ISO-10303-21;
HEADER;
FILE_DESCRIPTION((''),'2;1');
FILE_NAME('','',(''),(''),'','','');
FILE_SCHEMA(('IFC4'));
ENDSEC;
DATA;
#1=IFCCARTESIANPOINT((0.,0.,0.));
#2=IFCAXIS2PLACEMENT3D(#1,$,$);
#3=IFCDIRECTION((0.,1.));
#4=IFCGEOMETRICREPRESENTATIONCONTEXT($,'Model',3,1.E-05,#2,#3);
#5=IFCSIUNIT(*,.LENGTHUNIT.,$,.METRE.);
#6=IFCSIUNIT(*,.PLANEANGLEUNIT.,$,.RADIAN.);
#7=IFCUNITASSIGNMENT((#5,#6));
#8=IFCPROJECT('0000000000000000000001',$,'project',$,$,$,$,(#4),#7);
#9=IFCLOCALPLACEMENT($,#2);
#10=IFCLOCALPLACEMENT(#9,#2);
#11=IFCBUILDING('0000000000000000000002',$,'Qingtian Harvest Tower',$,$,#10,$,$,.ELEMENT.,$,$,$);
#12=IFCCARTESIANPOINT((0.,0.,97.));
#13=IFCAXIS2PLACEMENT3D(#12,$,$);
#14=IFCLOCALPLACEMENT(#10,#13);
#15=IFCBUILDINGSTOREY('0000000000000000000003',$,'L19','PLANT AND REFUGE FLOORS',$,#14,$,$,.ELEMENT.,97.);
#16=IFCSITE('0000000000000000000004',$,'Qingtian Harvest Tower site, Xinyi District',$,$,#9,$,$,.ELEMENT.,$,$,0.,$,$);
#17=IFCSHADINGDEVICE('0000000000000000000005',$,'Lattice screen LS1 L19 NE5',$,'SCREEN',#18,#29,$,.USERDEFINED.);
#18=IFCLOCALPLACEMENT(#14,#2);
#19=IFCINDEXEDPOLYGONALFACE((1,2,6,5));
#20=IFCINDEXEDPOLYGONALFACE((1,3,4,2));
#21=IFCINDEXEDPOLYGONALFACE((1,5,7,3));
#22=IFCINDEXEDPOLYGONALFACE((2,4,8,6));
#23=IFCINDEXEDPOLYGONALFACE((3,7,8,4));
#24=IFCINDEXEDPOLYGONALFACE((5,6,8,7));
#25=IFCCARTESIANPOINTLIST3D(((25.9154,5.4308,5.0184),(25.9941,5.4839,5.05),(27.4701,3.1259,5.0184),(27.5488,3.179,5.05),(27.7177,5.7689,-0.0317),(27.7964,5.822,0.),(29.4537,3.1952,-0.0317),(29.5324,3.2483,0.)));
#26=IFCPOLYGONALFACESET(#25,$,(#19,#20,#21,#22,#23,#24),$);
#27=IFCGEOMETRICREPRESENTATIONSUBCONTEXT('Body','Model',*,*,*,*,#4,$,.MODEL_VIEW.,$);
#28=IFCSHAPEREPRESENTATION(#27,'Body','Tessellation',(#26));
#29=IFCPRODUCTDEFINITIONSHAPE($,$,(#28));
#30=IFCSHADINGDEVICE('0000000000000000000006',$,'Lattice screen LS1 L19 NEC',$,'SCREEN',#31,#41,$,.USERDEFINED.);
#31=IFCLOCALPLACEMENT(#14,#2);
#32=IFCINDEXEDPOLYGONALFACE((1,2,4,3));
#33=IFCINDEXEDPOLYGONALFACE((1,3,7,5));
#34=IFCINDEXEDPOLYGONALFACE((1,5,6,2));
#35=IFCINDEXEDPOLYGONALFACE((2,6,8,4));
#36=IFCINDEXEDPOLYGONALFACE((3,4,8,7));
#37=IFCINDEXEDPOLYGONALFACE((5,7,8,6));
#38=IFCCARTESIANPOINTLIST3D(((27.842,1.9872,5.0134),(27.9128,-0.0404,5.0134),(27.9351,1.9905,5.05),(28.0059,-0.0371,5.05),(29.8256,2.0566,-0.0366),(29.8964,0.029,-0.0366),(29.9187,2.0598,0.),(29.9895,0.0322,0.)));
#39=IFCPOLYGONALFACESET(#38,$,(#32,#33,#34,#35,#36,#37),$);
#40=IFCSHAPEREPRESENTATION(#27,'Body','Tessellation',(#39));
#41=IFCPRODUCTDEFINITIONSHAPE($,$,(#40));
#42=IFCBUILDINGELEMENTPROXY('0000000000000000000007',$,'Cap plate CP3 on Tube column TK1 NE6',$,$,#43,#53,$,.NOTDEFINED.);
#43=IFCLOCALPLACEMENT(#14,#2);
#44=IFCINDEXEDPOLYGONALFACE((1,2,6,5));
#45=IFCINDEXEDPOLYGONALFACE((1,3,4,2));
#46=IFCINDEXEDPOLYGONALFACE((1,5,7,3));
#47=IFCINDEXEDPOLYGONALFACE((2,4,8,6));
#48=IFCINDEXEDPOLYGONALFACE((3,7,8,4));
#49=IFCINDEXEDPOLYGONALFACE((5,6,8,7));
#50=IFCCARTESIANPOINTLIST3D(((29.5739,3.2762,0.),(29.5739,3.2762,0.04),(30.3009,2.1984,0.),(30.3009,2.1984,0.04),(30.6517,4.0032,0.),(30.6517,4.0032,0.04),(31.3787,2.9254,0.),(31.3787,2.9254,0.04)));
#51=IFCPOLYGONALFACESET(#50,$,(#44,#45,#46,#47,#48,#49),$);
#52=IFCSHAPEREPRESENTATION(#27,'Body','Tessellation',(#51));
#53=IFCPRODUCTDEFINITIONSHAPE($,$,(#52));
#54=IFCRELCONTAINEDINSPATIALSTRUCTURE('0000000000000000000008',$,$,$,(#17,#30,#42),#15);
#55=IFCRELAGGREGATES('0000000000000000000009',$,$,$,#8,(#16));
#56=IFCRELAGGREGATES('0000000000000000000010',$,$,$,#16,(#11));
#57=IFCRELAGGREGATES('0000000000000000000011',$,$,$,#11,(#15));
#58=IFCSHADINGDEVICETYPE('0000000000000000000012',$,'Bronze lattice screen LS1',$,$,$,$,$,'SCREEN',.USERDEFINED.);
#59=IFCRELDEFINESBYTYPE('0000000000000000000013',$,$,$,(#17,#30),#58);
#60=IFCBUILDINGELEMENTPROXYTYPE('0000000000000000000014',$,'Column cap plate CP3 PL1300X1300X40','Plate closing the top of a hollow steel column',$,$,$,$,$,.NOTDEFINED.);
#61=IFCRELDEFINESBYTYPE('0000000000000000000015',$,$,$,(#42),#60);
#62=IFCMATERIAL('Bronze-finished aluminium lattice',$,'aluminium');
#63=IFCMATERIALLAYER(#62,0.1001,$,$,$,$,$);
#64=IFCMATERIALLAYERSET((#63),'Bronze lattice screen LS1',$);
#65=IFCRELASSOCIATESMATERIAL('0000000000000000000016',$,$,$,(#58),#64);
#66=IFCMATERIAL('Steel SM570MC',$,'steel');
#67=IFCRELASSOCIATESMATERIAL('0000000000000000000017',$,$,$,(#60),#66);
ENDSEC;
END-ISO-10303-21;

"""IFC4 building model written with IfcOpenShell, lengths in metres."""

from ifc_helpers import new_model, si_unit, direction, frame, origin, origin_2d, place, context, subcontext, project, spatial, polyline, rectangle, outline, extrude, material, layer, layer_set, material_profile, profile_set, type_object, element, save


model = new_model("IFC4")

# Units and contexts
model_context = context("Model", 3, precision=1e-05, world=origin(), true_north=direction((0.0, 1.0)))
body_context = subcontext(model_context, "Body", "Model", "MODEL_VIEW")
ifc_project = project(units=[si_unit("LENGTHUNIT", "METRE"), si_unit("PLANEANGLEUNIT", "RADIAN")], contexts=[model_context])

# Site, building, storey
site_placement = place(None, origin())
site = spatial("IfcSite", under=ifc_project, at=site_placement, Name="Qingtian Harvest Tower site, Xinyi District", CompositionType="ELEMENT", RefElevation=0.0)
building_placement = place(site_placement, origin())
building = spatial("IfcBuilding", under=site, at=building_placement, Name="Qingtian Harvest Tower", CompositionType="ELEMENT")
storey_placement = place(building_placement, frame((0.0, 0.0, 97.0)))
storey = spatial("IfcBuildingStorey", under=building, at=storey_placement, Name="L19", Description="PLANT AND REFUGE FLOORS", CompositionType="ELEMENT", Elevation=97.0)

# Shading devices
ifc_material_1 = material(Name="Bronze-finished aluminium lattice", Category="aluminium")
ifc_layer_1 = layer(ifc_material_1, 0.1001)
ifc_layer_set_1 = layer_set([ifc_layer_1], Name="Bronze lattice screen LS1")
shading_device_type = type_object("IfcShadingDeviceType", Name="Bronze lattice screen LS1", ElementType="SCREEN", PredefinedType="USERDEFINED", material=ifc_layer_set_1)
shading_device_1_placement = place(storey_placement, frame((27.7964, 5.822, 0.0), z_axis=(0.786494, 0.530508, 0.316209), x_axis=(0.559202, -0.829031, -0.000003)))
element("IfcShadingDevice", 1, at=shading_device_1_placement, inside=storey, type_object=shading_device_type, Name="Lattice screen LS1 L19 NE5", ObjectType="SCREEN", PredefinedType="USERDEFINED", context=body_context, shape_type="SweptSolid", body=[
    extrude(outline(polyline([(0.0, 0.0), (3.1045, 0.0), (2.0527, -5.3232), (-0.7275, -5.3232), (0.0, 0.0)])), origin(), (0.0, 0.0, -1.0), 0.1001),
])
shading_device_2_placement = place(storey_placement, frame((29.9187, 2.0598, 0.0), z_axis=(0.930128, 0.032479, 0.365797), x_axis=(0.034897, -0.999391, 0.0)))
element("IfcShadingDevice", 2, at=shading_device_2_placement, inside=storey, type_object=shading_device_type, Name="Lattice screen LS1 L19 NEC", ObjectType="SCREEN", PredefinedType="USERDEFINED", context=body_context, shape_type="SweptSolid", body=[
    extrude(outline(polyline([(0.0, 0.0), (2.0288, 0.0), (2.0289, -5.4261), (0.0001, -5.4261), (0.0, 0.0)])), origin(), (0.0, 0.0, -1.0), 0.1001),
])

# Building element proxy
ifc_material_2 = material(Name="Steel SM570MC", Category="steel")
ifc_material_profile_1 = material_profile(ifc_material_2, rectangle(XDim=1.3, YDim=1.3, at=origin_2d()), Name="PL1300X1300X40")
ifc_profile_set_1 = profile_set([ifc_material_profile_1], Name="Steel SM570MC")
building_element_proxy_type = type_object("IfcBuildingElementProxyType", Name="Column cap plate CP3 PL1300X1300X40", Description="Plate closing the top of a hollow steel column", PredefinedType="NOTDEFINED", material=ifc_profile_set_1)
proxy_placement = place(storey_placement, frame((30.4763, 3.1008, 0.0), z_axis=(0.0, 0.0, 1.0), x_axis=(-0.559193, 0.829038, 0.0)))
element("IfcBuildingElementProxy", 3, at=proxy_placement, inside=storey, type_object=building_element_proxy_type, Name="Cap plate CP3 on Tube column TK1 NE6", PredefinedType="NOTDEFINED", context=body_context, shape_type="SweptSolid", body=[
    extrude(rectangle(XDim=1.3, YDim=1.3, at=origin_2d()), origin(), (0.0, 0.0, 1.0), 0.04),
])

save(model, "model.ifc")
